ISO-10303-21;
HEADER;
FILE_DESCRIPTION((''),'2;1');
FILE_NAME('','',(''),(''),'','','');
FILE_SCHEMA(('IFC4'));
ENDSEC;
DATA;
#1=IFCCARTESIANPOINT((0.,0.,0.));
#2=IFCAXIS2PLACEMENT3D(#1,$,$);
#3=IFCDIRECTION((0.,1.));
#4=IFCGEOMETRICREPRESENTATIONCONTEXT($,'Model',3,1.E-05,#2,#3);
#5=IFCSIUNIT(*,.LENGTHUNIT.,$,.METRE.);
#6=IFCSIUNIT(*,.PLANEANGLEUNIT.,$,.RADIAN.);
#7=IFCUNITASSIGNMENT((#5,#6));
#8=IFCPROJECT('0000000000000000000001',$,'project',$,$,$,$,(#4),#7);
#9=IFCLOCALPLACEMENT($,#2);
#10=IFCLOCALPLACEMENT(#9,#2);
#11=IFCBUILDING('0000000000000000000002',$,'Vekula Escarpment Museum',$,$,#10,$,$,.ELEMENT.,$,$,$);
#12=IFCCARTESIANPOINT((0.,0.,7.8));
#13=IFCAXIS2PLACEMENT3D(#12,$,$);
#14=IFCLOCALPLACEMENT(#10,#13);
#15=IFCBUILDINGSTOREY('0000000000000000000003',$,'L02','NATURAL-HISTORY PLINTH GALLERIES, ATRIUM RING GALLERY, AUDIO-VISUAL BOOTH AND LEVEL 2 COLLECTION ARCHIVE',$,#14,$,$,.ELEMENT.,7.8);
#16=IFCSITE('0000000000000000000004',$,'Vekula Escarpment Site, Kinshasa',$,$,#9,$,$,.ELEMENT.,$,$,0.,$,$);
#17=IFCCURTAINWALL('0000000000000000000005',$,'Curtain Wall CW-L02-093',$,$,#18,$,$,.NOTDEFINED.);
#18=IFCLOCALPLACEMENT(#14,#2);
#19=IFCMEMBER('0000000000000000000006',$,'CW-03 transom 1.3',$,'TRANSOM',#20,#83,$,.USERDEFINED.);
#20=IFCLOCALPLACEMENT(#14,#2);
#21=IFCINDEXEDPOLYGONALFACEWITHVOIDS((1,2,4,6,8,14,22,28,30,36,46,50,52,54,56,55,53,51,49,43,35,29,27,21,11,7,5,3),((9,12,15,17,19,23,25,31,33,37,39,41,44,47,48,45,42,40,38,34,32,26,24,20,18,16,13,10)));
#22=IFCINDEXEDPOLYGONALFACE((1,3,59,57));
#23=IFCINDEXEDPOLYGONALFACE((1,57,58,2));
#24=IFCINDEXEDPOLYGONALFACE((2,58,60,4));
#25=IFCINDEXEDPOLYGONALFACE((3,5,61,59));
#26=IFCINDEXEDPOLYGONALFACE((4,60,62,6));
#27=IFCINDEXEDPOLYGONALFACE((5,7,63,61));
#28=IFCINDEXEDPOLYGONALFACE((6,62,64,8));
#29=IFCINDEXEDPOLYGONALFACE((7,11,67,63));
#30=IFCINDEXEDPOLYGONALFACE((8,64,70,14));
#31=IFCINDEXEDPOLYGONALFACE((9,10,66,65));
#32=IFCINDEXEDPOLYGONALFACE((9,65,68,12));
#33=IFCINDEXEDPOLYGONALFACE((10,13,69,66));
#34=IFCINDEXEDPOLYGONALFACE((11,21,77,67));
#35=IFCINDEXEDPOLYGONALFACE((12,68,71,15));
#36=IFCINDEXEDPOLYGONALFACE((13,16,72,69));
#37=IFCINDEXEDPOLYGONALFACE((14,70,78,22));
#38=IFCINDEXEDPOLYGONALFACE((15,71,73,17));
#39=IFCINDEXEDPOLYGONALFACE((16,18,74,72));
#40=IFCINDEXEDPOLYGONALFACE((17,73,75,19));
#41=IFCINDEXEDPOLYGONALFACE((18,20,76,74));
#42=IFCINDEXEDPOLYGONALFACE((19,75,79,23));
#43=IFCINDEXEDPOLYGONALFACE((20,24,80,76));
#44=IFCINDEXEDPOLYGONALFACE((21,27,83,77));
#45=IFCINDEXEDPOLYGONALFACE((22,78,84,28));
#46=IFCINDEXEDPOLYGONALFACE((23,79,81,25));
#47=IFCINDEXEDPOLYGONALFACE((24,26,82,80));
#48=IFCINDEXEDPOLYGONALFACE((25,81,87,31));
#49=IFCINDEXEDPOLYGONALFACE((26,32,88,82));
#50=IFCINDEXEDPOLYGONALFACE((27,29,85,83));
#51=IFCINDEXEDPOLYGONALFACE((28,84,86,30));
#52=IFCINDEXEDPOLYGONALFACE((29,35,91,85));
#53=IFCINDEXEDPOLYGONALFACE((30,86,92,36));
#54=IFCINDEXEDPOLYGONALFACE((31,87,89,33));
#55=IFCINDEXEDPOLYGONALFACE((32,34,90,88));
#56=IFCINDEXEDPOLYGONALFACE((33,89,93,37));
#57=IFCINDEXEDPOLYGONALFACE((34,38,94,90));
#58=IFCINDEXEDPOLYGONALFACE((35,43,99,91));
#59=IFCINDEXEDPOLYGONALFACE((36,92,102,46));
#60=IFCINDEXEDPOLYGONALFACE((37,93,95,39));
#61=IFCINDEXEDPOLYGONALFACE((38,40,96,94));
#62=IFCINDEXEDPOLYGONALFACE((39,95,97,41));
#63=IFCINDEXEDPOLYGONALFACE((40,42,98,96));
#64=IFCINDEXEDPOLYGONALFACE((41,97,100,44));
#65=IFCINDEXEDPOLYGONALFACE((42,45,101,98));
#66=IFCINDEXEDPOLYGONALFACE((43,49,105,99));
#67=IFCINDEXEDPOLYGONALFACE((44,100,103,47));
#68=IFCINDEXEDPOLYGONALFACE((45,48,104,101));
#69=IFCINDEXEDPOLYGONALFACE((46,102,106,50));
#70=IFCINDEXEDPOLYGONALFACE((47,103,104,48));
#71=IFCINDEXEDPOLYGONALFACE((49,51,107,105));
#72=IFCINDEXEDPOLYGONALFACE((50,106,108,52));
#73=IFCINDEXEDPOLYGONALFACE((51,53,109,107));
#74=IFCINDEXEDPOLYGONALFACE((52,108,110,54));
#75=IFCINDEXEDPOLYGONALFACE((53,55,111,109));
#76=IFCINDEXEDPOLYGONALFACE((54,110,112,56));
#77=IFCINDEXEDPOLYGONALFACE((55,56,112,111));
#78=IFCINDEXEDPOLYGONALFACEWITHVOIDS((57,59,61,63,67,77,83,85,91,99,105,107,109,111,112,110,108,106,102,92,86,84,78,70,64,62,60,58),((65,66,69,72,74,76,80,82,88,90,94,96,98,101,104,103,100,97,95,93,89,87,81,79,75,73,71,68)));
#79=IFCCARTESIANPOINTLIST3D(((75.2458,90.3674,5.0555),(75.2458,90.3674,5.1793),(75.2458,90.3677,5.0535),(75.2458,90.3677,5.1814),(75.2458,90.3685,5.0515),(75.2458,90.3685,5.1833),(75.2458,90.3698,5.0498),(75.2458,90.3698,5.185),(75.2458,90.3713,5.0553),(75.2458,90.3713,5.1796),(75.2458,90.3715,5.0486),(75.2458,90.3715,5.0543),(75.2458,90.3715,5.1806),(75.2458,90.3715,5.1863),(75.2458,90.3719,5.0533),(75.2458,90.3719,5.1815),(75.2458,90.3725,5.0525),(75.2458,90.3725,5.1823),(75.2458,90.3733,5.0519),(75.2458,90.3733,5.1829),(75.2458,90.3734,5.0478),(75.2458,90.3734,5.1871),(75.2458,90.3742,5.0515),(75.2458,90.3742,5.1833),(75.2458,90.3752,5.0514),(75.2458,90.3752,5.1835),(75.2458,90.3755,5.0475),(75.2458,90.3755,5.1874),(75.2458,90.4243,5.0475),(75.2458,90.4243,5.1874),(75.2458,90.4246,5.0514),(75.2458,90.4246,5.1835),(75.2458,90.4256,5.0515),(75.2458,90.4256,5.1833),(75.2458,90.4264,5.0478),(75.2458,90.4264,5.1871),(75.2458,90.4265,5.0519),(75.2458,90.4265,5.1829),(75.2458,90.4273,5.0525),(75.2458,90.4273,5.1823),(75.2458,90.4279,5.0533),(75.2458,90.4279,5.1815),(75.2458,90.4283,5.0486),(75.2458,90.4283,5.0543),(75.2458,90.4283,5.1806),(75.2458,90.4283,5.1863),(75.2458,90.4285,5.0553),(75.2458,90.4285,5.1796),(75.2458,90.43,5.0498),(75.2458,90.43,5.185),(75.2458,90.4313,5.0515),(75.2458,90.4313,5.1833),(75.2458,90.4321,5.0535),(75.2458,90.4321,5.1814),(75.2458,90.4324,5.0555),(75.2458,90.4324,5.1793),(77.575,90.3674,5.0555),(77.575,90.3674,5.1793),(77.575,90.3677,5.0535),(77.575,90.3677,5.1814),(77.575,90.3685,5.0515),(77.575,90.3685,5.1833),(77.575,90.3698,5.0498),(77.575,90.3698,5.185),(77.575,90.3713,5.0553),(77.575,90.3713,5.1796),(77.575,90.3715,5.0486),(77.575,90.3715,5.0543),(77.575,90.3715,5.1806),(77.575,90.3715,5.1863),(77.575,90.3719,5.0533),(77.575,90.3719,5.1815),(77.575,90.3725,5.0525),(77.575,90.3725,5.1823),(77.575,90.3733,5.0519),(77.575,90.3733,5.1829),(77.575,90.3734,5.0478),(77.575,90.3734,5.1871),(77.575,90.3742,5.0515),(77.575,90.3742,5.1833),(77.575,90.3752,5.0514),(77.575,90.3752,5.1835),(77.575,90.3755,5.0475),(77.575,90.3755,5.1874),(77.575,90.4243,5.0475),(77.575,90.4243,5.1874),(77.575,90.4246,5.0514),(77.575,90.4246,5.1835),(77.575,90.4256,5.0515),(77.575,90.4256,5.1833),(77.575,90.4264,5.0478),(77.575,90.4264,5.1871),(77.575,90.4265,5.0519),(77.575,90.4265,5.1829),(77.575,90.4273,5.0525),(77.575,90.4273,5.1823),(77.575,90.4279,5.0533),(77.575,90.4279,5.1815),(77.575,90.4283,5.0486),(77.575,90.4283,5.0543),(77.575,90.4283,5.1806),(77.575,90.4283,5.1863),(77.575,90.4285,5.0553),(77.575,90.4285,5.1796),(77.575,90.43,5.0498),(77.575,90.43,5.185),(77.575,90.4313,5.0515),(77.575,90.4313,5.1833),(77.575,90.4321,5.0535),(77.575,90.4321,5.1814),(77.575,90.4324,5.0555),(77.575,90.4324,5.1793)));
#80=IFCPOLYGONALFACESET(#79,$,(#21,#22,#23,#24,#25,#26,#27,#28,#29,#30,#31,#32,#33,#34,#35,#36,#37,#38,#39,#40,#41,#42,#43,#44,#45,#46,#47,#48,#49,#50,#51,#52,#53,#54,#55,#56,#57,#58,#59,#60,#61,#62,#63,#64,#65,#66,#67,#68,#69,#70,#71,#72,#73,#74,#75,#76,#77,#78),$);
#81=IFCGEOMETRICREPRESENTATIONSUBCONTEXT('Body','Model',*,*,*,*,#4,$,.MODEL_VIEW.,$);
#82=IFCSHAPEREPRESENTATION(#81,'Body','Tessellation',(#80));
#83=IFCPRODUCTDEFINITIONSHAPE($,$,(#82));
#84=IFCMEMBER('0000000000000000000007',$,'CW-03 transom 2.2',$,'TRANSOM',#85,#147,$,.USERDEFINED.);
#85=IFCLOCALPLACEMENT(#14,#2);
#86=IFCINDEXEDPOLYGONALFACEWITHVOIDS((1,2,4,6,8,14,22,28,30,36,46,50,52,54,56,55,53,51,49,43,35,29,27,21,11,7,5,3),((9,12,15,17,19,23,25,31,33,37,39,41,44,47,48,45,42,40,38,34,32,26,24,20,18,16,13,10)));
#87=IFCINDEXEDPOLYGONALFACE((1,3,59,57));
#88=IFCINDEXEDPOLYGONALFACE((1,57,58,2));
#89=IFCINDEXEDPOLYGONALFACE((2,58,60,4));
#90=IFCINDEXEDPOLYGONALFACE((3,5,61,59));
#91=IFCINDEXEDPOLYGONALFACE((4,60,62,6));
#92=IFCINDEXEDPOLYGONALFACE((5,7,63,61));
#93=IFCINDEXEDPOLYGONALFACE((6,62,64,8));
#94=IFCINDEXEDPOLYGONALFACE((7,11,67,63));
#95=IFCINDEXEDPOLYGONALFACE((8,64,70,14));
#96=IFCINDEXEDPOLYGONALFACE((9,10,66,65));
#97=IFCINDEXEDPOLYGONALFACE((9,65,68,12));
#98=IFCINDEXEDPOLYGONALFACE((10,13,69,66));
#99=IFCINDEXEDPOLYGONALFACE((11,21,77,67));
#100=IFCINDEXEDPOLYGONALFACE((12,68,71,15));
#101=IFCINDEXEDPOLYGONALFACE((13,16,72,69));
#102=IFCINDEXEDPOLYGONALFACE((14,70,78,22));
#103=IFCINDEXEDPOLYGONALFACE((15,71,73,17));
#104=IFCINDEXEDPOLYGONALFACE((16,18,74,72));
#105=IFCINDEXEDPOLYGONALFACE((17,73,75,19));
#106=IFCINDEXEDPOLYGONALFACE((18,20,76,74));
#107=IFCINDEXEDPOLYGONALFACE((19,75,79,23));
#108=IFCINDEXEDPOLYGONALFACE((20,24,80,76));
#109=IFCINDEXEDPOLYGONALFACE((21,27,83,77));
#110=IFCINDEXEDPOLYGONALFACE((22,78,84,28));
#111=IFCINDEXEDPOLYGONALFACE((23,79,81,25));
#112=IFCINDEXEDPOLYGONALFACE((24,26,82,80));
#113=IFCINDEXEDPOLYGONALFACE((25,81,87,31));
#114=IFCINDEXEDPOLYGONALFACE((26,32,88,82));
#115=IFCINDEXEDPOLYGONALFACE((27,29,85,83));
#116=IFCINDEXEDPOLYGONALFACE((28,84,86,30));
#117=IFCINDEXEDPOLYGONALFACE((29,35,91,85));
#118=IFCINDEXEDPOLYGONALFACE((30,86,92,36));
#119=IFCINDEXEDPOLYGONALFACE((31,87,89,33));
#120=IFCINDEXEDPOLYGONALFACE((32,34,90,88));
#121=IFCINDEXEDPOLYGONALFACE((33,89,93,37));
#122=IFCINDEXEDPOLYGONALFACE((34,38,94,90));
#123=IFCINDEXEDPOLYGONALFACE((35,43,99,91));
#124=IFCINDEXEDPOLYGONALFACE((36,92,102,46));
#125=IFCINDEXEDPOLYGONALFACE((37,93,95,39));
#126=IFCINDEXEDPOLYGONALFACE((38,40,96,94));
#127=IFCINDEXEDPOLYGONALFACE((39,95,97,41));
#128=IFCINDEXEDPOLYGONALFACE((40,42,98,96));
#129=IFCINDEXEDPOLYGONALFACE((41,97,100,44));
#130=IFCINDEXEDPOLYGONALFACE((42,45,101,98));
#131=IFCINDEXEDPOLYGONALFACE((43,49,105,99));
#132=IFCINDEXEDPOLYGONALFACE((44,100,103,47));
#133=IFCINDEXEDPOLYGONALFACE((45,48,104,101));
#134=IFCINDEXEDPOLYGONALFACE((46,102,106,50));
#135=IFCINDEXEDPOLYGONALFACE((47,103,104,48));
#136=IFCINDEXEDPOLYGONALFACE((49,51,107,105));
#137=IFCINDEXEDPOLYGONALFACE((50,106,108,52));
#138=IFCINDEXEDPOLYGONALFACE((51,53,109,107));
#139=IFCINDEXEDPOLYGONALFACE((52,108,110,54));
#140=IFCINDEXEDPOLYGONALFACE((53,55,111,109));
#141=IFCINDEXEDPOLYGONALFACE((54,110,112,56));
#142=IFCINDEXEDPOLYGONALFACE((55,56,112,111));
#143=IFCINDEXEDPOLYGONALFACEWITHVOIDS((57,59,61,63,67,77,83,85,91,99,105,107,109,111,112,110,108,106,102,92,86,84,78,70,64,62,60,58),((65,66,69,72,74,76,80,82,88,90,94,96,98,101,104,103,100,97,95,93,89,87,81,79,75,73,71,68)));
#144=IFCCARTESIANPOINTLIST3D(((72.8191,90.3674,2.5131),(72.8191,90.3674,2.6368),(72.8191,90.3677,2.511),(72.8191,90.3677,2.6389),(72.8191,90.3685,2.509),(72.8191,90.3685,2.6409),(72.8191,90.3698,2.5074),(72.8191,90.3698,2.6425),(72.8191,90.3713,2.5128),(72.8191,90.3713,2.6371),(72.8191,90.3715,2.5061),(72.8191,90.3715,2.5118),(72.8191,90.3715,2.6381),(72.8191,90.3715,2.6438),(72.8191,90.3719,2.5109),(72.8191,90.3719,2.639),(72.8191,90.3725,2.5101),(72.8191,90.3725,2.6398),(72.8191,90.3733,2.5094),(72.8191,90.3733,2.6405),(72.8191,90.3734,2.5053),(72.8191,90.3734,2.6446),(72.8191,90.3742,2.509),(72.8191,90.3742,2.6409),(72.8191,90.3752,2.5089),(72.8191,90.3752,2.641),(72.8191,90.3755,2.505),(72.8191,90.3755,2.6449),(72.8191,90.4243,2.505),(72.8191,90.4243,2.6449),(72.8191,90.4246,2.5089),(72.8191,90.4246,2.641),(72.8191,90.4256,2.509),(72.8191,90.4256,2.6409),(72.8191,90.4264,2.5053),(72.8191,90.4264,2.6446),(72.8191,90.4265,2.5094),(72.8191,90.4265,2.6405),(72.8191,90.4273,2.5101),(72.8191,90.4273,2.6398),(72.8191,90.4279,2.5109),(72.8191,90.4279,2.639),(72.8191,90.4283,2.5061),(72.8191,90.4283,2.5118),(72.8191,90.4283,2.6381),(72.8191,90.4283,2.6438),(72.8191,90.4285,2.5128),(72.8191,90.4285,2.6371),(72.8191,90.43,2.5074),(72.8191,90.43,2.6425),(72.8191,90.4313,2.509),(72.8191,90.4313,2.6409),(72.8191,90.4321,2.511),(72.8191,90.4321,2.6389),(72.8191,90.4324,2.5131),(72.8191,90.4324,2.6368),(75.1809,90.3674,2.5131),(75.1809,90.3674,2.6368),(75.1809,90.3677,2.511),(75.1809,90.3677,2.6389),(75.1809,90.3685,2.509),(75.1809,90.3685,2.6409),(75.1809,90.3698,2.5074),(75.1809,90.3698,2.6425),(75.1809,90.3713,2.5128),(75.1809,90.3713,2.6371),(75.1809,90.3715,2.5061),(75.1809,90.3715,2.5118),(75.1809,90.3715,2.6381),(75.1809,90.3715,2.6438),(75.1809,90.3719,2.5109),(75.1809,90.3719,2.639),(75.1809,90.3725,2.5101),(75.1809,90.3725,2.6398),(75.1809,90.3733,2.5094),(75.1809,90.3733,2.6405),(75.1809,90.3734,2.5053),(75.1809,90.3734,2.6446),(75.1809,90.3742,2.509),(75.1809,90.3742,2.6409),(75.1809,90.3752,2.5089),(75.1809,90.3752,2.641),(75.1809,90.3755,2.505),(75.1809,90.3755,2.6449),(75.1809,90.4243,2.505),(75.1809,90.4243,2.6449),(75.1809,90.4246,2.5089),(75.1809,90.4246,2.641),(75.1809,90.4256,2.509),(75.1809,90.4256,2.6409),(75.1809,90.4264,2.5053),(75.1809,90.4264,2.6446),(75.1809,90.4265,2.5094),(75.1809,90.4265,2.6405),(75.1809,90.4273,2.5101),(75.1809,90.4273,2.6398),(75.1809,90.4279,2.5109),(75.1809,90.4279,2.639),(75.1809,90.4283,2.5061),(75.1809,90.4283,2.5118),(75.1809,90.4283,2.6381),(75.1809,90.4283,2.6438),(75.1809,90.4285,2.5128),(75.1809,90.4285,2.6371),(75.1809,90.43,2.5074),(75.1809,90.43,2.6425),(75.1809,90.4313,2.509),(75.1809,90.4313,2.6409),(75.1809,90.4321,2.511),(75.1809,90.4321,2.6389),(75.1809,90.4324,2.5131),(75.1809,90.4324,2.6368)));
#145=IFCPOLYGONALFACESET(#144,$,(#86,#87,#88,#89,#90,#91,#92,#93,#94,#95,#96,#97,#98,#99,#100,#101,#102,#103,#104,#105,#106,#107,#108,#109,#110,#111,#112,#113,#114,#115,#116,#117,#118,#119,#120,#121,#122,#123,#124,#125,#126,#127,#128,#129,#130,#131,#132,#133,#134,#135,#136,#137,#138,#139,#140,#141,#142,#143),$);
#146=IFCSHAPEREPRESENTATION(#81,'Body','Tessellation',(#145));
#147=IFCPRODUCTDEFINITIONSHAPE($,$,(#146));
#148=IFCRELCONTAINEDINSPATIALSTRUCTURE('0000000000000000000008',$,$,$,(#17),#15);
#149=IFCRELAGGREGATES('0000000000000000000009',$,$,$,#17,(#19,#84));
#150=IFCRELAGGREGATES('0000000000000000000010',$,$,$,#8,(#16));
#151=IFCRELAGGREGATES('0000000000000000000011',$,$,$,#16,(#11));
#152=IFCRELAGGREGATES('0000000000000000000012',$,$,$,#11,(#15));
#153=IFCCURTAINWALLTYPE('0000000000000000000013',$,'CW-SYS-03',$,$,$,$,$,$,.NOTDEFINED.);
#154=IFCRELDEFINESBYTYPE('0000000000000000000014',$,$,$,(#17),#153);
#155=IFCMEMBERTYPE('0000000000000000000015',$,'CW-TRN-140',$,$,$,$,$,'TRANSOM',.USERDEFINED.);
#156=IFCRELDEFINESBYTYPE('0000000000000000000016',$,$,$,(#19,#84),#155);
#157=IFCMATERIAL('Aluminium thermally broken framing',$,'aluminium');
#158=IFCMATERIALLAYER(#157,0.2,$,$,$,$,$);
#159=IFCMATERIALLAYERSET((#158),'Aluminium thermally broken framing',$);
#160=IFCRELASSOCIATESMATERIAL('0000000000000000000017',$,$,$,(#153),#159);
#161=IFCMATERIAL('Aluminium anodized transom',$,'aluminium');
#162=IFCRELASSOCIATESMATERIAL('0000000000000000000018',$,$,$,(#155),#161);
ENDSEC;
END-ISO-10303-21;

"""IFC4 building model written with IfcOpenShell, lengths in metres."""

from ifc_helpers import new_model, si_unit, direction, frame, origin, origin_2d, place, context, subcontext, project, spatial, hollow_rectangle, extrude, material, layer, layer_set, material_profile, profile_set, type_object, element, aggregate, save


model = new_model("IFC4")

# Units and contexts
model_context = context("Model", 3, precision=1e-05, world=origin(), true_north=direction((0.0, 1.0)))
body_context = subcontext(model_context, "Body", "Model", "MODEL_VIEW")
ifc_project = project(units=[si_unit("LENGTHUNIT", "METRE"), si_unit("PLANEANGLEUNIT", "RADIAN")], contexts=[model_context])

# Site, building, storey
site_placement = place(None, origin())
site = spatial("IfcSite", under=ifc_project, at=site_placement, Name="Vekula Escarpment Site, Kinshasa", CompositionType="ELEMENT", RefElevation=0.0)
building_placement = place(site_placement, origin())
building = spatial("IfcBuilding", under=site, at=building_placement, Name="Vekula Escarpment Museum", CompositionType="ELEMENT")
storey_placement = place(building_placement, frame((0.0, 0.0, 7.8)))
storey = spatial("IfcBuildingStorey", under=building, at=storey_placement, Name="L02", Description="NATURAL-HISTORY PLINTH GALLERIES, ATRIUM RING GALLERY, AUDIO-VISUAL BOOTH AND LEVEL 2 COLLECTION ARCHIVE", CompositionType="ELEMENT", Elevation=7.8)

# Curtain wall
ifc_material_1 = material(Name="Aluminium thermally broken framing", Category="aluminium")
ifc_layer_1 = layer(ifc_material_1, 0.2)
ifc_layer_set_1 = layer_set([ifc_layer_1], Name="Aluminium thermally broken framing")
curtain_wall_type_1 = type_object("IfcCurtainWallType", Name="CW-SYS-03", PredefinedType="NOTDEFINED", material=ifc_layer_set_1)
curtain_wall_1_placement = place(storey_placement, origin())
curtain_wall_1 = element("IfcCurtainWall", 1, at=curtain_wall_1_placement, inside=storey, type_object=curtain_wall_type_1, Name="Curtain Wall CW-L02-093", PredefinedType="NOTDEFINED")

# Members
ifc_material_2 = material(Name="Aluminium anodized transom", Category="aluminium")
ifc_material_profile_1 = material_profile(ifc_material_2, hollow_rectangle(XDim=0.0649, YDim=0.1399, WallThickness=0.0039, InnerFilletRadius=0.0039, OuterFilletRadius=0.0081, at=origin_2d()), Name="ALU 140x65x4")
ifc_profile_set_1 = profile_set([ifc_material_profile_1], Name="Aluminium anodized transom")
member_type_1 = type_object("IfcMemberType", Name="CW-TRN-140", ElementType="TRANSOM", PredefinedType="USERDEFINED", material=ifc_profile_set_1)
member_1_placement = place(storey_placement, frame((77.575, 90.3999, 5.1174), z_axis=(-1.0, 0.0, 0.0), x_axis=(0.0, -1.0, 0.0)))
member_1 = element("IfcMember", 2, at=member_1_placement, type_object=member_type_1, Name="CW-03 transom 1.3", ObjectType="TRANSOM", PredefinedType="USERDEFINED", context=body_context, shape_type="SweptSolid", body=[
    extrude(hollow_rectangle(XDim=0.0649, YDim=0.1399, WallThickness=0.0039, InnerFilletRadius=0.0039, OuterFilletRadius=0.0081, at=origin_2d()), origin(), (0.0, 0.0, 1.0), 2.3291),
])
member_2_placement = place(storey_placement, frame((75.1809, 90.3999, 2.575), z_axis=(-1.0, 0.0, 0.0), x_axis=(0.0, -1.0, 0.0)))
member_2 = element("IfcMember", 3, at=member_2_placement, type_object=member_type_1, Name="CW-03 transom 2.2", ObjectType="TRANSOM", PredefinedType="USERDEFINED", context=body_context, shape_type="SweptSolid", body=[
    extrude(hollow_rectangle(XDim=0.0649, YDim=0.1399, WallThickness=0.0039, InnerFilletRadius=0.0039, OuterFilletRadius=0.0081, at=origin_2d()), origin(), (0.0, 0.0, 1.0), 2.3618),
])

aggregate(curtain_wall_1, [member_1, member_2])

save(model, "model.ifc")
